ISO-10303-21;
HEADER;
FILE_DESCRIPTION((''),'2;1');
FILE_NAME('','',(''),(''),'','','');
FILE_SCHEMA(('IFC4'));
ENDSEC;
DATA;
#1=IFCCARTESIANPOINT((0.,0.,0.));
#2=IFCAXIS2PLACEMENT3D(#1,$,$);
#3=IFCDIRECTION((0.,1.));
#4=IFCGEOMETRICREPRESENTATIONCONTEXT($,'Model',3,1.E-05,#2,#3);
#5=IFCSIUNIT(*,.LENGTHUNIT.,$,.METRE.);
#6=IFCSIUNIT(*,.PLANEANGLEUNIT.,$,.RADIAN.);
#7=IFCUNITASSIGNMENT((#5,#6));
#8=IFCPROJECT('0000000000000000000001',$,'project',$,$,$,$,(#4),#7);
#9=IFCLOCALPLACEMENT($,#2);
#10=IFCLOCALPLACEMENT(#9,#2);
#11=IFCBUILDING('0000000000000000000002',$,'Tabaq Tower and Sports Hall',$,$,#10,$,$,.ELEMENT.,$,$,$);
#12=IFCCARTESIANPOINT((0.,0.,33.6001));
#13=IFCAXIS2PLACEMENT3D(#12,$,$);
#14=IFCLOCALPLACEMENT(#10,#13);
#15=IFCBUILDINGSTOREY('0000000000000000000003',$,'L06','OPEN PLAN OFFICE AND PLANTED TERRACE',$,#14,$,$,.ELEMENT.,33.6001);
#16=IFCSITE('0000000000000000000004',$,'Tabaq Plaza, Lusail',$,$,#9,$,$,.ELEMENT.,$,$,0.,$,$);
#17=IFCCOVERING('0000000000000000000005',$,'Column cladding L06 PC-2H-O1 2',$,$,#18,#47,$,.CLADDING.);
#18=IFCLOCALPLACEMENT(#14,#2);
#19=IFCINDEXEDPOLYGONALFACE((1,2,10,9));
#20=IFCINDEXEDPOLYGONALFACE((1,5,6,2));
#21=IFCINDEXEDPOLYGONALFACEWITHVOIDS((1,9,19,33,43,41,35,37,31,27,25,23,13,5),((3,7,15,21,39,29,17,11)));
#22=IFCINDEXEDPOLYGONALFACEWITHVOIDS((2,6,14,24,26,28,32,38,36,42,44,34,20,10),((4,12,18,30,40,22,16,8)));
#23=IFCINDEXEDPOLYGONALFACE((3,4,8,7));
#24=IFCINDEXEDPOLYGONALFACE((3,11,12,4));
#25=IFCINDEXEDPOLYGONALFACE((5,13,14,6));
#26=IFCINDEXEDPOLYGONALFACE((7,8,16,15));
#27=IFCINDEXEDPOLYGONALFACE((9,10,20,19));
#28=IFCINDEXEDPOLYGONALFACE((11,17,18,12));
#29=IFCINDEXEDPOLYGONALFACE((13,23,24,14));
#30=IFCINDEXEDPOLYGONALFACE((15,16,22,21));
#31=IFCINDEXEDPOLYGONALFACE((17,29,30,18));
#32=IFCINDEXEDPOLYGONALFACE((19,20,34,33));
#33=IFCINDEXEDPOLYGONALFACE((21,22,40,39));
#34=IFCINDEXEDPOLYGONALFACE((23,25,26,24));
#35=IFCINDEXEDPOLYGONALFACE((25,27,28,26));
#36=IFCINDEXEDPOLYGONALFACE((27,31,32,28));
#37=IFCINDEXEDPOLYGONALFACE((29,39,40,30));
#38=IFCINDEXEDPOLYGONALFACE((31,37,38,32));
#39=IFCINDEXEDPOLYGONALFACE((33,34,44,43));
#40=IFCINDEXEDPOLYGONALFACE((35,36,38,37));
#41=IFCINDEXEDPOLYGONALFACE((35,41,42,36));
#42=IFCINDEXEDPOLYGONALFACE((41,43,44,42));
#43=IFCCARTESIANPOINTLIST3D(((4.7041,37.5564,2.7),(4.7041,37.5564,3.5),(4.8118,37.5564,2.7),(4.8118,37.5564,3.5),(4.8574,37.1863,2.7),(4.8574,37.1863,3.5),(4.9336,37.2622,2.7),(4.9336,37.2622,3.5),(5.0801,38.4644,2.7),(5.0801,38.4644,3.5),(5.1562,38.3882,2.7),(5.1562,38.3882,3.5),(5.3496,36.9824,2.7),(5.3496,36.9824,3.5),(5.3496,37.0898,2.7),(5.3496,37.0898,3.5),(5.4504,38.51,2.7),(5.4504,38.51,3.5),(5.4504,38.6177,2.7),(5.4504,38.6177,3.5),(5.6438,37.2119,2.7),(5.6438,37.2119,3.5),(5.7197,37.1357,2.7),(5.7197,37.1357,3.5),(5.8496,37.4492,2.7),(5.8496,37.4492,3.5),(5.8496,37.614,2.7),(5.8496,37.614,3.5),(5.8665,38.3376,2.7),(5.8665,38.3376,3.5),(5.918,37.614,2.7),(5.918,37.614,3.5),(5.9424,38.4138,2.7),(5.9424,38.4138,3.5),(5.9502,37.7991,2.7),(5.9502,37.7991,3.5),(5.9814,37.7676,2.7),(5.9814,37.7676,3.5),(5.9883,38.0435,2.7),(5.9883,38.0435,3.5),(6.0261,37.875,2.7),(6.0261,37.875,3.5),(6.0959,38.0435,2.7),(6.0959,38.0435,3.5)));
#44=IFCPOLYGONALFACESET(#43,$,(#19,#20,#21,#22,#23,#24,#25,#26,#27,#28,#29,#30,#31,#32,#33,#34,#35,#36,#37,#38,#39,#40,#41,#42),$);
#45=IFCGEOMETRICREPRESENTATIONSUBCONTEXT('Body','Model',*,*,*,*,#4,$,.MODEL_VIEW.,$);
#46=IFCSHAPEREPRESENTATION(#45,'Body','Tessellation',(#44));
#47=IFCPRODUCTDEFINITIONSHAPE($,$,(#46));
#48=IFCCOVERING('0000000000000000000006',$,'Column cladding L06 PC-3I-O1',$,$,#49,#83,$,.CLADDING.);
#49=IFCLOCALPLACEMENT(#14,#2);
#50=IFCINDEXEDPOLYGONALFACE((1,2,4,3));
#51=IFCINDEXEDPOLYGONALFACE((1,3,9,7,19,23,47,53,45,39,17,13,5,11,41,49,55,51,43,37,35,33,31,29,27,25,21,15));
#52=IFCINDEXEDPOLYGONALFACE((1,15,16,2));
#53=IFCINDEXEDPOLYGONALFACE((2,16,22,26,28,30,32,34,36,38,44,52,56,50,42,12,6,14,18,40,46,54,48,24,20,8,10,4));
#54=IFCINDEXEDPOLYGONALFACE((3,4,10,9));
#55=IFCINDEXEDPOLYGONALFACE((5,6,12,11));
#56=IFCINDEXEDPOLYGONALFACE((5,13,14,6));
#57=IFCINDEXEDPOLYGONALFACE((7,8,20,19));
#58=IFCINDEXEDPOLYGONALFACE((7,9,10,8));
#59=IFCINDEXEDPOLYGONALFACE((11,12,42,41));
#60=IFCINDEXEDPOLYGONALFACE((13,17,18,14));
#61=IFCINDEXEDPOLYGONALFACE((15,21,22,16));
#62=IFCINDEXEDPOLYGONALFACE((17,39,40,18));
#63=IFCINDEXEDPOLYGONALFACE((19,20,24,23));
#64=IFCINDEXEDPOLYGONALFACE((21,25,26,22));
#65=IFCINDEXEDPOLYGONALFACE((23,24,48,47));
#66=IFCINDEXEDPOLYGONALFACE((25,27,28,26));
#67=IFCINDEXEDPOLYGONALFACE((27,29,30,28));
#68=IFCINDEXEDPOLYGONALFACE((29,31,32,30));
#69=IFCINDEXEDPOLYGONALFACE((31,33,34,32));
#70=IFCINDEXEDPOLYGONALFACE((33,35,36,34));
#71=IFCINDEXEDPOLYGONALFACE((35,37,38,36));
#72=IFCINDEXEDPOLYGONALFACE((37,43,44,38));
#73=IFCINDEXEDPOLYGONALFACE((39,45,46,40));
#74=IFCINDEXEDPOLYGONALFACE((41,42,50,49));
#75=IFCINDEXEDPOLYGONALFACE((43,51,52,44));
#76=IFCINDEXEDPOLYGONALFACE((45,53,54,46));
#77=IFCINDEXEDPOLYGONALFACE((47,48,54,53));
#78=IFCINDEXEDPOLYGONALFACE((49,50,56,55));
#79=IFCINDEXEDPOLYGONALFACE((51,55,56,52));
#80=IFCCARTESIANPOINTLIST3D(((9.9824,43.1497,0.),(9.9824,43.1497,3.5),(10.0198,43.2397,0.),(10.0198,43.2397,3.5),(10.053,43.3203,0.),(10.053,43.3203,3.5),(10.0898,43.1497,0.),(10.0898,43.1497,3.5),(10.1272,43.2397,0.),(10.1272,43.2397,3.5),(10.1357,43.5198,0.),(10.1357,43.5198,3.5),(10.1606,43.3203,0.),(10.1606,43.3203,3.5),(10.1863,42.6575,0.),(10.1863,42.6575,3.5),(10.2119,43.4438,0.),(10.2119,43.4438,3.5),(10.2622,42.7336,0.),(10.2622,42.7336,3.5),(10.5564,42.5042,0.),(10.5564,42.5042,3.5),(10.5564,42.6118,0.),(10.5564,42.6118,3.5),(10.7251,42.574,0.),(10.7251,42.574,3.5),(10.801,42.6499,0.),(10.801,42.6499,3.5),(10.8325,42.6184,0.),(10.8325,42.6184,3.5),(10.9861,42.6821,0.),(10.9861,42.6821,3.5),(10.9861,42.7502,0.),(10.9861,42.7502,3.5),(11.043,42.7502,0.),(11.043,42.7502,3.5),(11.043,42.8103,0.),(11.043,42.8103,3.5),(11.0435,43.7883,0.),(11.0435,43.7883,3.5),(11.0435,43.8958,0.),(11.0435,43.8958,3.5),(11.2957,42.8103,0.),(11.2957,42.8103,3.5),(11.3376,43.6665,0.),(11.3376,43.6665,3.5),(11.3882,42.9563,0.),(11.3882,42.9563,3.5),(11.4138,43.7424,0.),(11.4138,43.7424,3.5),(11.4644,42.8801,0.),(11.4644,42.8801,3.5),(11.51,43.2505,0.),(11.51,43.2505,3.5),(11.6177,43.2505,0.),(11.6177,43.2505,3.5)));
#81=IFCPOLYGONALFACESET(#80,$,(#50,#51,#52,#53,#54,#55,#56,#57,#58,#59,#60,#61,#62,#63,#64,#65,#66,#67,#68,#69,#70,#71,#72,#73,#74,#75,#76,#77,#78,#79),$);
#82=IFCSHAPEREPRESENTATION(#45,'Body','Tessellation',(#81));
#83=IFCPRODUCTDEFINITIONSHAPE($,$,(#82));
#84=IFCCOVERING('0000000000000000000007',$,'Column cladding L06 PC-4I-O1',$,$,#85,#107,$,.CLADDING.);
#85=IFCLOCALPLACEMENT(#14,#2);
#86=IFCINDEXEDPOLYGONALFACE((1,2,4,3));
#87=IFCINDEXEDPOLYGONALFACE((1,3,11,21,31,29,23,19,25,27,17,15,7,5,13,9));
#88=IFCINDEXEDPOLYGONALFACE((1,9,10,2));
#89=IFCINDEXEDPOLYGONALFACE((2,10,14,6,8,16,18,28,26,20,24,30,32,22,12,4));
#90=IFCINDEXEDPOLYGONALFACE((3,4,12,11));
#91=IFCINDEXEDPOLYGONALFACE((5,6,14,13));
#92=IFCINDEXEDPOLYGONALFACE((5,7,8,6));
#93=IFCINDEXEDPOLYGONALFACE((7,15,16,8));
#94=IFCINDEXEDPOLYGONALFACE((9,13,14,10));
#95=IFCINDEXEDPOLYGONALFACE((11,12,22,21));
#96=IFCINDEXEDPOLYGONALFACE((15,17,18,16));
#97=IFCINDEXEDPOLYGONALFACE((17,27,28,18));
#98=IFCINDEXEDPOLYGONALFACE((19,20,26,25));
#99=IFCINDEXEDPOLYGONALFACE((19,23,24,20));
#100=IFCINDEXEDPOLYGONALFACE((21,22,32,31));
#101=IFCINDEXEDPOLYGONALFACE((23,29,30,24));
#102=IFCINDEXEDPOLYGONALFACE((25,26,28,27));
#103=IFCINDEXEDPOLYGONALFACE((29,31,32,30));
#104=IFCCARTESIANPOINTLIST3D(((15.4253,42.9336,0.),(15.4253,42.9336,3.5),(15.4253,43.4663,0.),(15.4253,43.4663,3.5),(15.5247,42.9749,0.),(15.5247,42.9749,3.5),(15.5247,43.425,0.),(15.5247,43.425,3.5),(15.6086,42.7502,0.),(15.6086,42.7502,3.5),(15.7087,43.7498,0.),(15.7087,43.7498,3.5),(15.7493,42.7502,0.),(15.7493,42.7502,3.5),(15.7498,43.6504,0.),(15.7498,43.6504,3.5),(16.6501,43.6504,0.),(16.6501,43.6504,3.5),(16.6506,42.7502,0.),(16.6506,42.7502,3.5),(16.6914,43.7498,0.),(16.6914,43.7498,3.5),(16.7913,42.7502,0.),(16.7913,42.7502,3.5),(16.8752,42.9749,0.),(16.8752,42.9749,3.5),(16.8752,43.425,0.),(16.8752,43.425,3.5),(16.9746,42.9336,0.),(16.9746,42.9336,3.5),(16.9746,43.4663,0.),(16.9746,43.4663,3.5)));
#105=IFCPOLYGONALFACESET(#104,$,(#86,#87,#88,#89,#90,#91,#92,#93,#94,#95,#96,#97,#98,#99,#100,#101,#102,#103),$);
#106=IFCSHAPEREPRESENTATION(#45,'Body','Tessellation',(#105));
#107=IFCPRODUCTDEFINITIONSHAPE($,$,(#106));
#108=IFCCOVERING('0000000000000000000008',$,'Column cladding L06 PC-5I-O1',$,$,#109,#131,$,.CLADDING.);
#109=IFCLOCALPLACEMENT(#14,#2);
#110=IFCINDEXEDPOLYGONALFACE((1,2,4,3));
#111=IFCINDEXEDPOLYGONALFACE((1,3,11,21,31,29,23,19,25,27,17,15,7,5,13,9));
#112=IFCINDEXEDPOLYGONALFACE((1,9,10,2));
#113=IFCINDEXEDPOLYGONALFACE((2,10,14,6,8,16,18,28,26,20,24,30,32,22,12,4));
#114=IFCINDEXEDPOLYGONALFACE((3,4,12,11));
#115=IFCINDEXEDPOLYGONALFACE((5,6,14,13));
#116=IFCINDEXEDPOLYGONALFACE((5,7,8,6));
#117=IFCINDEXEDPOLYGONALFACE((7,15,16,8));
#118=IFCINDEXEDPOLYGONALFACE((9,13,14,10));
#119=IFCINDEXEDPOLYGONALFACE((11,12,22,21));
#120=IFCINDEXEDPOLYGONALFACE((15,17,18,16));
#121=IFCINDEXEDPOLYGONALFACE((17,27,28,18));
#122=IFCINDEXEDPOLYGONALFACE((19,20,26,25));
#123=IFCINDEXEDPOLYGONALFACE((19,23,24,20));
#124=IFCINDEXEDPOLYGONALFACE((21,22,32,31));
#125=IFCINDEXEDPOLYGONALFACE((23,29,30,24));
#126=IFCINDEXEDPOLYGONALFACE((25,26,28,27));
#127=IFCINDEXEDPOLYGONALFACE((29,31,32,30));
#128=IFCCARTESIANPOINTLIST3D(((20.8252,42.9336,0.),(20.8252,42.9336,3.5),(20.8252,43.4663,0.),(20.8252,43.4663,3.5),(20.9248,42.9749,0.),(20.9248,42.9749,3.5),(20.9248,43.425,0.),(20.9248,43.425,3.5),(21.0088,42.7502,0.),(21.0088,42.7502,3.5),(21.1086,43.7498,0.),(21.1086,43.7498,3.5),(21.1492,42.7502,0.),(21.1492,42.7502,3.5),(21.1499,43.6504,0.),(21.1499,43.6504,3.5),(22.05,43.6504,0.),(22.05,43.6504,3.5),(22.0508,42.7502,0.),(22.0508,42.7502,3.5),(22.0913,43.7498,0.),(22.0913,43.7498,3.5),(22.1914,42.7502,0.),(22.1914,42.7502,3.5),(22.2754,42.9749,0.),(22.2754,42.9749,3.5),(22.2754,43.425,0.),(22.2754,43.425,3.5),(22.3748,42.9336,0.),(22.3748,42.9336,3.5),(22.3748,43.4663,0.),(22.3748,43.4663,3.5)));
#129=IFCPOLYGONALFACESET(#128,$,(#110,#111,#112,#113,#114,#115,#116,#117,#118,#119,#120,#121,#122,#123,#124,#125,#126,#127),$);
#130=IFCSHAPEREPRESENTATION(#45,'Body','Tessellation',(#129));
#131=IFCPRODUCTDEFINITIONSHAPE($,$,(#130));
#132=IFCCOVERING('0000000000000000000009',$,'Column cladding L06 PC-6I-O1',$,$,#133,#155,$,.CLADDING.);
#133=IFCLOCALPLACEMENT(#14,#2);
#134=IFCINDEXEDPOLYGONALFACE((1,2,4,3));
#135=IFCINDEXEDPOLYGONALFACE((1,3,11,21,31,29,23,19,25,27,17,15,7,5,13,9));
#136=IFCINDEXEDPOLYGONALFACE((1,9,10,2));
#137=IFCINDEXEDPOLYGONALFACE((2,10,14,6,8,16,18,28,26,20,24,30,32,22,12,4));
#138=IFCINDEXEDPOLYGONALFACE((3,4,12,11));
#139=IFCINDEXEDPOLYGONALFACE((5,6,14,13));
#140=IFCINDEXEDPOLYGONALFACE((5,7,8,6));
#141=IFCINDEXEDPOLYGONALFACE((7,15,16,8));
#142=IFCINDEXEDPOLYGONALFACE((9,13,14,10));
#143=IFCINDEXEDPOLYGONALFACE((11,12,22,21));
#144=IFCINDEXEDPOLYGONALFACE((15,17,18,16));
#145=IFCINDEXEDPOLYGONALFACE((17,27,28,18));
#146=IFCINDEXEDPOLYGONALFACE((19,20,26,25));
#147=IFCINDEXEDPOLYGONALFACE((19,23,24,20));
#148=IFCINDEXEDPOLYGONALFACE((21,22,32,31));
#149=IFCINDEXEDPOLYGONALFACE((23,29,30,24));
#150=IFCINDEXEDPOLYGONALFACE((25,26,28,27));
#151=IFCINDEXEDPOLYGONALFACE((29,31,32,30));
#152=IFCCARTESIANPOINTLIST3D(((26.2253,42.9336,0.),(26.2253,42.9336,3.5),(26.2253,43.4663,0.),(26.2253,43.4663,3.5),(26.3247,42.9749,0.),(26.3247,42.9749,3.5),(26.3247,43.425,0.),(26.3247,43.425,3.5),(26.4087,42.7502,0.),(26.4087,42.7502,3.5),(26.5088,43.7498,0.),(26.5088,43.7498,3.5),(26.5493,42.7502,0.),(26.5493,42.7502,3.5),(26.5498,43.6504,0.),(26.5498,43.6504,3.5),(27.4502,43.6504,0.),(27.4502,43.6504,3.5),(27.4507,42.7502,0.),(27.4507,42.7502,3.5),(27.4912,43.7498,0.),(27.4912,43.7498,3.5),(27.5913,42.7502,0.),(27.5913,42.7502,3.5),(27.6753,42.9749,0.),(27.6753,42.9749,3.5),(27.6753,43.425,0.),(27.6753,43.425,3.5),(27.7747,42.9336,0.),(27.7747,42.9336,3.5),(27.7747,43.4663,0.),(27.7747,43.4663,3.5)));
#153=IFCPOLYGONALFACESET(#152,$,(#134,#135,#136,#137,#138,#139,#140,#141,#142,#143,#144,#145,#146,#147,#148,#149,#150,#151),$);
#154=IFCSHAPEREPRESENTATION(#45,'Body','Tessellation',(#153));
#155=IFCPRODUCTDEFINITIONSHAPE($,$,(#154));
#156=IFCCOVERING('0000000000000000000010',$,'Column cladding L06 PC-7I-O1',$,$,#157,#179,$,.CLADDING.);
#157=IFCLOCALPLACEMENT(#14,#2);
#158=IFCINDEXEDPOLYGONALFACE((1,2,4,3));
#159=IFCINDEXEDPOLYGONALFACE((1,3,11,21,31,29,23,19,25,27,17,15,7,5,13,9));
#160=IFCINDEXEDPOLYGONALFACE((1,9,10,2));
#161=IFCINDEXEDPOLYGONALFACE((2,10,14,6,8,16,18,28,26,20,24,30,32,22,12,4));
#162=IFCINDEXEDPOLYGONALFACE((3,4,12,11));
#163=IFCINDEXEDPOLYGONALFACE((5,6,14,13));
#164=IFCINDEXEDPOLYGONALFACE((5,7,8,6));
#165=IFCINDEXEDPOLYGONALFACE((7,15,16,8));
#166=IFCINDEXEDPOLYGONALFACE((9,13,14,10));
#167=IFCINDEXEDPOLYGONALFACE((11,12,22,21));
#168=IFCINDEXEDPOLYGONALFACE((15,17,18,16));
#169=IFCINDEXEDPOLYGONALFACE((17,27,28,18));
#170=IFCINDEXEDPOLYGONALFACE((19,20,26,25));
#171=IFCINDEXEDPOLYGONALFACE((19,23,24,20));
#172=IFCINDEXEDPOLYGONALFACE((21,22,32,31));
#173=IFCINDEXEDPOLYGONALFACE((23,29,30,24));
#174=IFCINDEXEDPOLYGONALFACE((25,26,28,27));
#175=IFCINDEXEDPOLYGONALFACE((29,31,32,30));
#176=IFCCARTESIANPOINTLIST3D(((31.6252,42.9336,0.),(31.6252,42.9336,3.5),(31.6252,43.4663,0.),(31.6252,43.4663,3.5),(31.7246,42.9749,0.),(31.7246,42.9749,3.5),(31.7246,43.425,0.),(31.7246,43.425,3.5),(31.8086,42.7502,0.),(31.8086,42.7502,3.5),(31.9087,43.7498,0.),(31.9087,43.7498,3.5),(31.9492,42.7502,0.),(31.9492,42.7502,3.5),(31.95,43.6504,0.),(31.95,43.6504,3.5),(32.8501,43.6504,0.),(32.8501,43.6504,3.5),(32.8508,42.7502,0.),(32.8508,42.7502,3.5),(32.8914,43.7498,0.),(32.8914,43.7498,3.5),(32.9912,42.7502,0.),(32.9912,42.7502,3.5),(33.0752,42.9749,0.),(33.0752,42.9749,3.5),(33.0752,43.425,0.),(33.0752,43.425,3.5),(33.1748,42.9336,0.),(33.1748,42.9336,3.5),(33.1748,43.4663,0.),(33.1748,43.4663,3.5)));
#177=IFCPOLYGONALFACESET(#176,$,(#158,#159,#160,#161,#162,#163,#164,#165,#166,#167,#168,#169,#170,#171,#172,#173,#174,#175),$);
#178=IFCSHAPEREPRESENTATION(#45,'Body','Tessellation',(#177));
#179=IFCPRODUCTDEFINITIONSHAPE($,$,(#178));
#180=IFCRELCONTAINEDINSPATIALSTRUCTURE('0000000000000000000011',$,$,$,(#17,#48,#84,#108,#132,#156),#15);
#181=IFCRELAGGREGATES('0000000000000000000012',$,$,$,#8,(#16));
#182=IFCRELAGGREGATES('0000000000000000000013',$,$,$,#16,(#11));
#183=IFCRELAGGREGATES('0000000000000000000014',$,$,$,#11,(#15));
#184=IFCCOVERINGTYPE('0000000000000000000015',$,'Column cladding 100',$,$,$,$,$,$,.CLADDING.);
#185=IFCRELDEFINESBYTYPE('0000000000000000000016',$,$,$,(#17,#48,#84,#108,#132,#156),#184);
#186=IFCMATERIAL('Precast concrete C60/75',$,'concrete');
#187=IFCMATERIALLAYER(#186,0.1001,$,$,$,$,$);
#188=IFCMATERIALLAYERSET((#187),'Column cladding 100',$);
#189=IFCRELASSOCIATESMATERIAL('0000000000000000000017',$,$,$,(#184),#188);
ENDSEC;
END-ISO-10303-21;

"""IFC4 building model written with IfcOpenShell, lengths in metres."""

from ifc_helpers import new_model, si_unit, direction, frame, origin, place, context, subcontext, project, spatial, polyline, outline, extrude, material, layer, layer_set, type_object, element, save


model = new_model("IFC4")

# Units and contexts
model_context = context("Model", 3, precision=1e-05, world=origin(), true_north=direction((0.0, 1.0)))
body_context = subcontext(model_context, "Body", "Model", "MODEL_VIEW")
ifc_project = project(units=[si_unit("LENGTHUNIT", "METRE"), si_unit("PLANEANGLEUNIT", "RADIAN")], contexts=[model_context])

# Site, building, storey
site_placement = place(None, origin())
site = spatial("IfcSite", under=ifc_project, at=site_placement, Name="Tabaq Plaza, Lusail", CompositionType="ELEMENT", RefElevation=0.0)
building_placement = place(site_placement, origin())
building = spatial("IfcBuilding", under=site, at=building_placement, Name="Tabaq Tower and Sports Hall", CompositionType="ELEMENT")
storey_placement = place(building_placement, frame((0.0, 0.0, 33.6001)))
storey = spatial("IfcBuildingStorey", under=building, at=storey_placement, Name="L06", Description="OPEN PLAN OFFICE AND PLANTED TERRACE", CompositionType="ELEMENT", Elevation=33.6001)

# Coverings
ifc_material_1 = material(Name="Precast concrete C60/75", Category="concrete")
ifc_layer_1 = layer(ifc_material_1, 0.1001)
ifc_layer_set_1 = layer_set([ifc_layer_1], Name="Column cladding 100")
covering_type_1 = type_object("IfcCoveringType", Name="Column cladding 100", PredefinedType="CLADDING", material=ifc_layer_set_1)
covering_1_placement = place(storey_placement, frame((0.0, 0.0, 2.7)))
element("IfcCovering", 1, at=covering_1_placement, inside=storey, type_object=covering_type_1, Name="Column cladding L06 PC-2H-O1 2", PredefinedType="CLADDING", context=body_context, shape_type="SweptSolid", body=[
    extrude(outline(polyline([(4.8574, 37.1863), (4.7041, 37.5564), (5.0801, 38.4644), (5.4504, 38.6177), (5.9424, 38.4138), (6.0959, 38.0435), (6.0261, 37.875), (5.9502, 37.7991), (5.9814, 37.7676), (5.918, 37.614), (5.8496, 37.614), (5.8496, 37.4492), (5.7197, 37.1357), (5.3496, 36.9824), (4.8574, 37.1863)]), holes=[polyline([(5.8665, 38.3376), (5.4504, 38.51), (5.1562, 38.3882), (4.8118, 37.5564), (4.9336, 37.2622), (5.3496, 37.0898), (5.6438, 37.2119), (5.9883, 38.0435), (5.8665, 38.3376)])]), origin(), (0.0, 0.0, 1.0), 0.8),
])
covering_2_placement = place(storey_placement, origin())
element("IfcCovering", 2, at=covering_2_placement, inside=storey, type_object=covering_type_1, Name="Column cladding L06 PC-3I-O1", PredefinedType="CLADDING", context=body_context, shape_type="SweptSolid", body=[
    extrude(outline(polyline([(9.9824, 43.1497), (10.0198, 43.2397), (10.1272, 43.2397), (10.0898, 43.1497), (10.2622, 42.7336), (10.5564, 42.6118), (11.3882, 42.9563), (11.51, 43.2505), (11.3376, 43.6665), (11.0435, 43.7883), (10.2119, 43.4438), (10.1606, 43.3203), (10.053, 43.3203), (10.1357, 43.5198), (11.0435, 43.8958), (11.4138, 43.7424), (11.6177, 43.2505), (11.4644, 42.8801), (11.2957, 42.8103), (11.043, 42.8103), (11.043, 42.7502), (10.9861, 42.7502), (10.9861, 42.6821), (10.8325, 42.6184), (10.801, 42.6499), (10.7251, 42.574), (10.5564, 42.5042), (10.1863, 42.6575), (9.9824, 43.1497)])), origin(), (0.0, 0.0, 1.0), 3.5),
])
covering_3_placement = place(storey_placement, origin())
element("IfcCovering", 3, at=covering_3_placement, inside=storey, type_object=covering_type_1, Name="Column cladding L06 PC-4I-O1", PredefinedType="CLADDING", context=body_context, shape_type="SweptSolid", body=[
    extrude(outline(polyline([(15.4253, 43.4663), (15.7087, 43.7498), (16.6914, 43.7498), (16.9746, 43.4663), (16.9746, 42.9336), (16.7913, 42.7502), (16.6506, 42.7502), (16.8752, 42.9749), (16.8752, 43.425), (16.6501, 43.6504), (15.7498, 43.6504), (15.5247, 43.425), (15.5247, 42.9749), (15.7493, 42.7502), (15.6086, 42.7502), (15.4253, 42.9336), (15.4253, 43.4663)])), origin(), (0.0, 0.0, 1.0), 3.5),
])
covering_4_placement = place(storey_placement, origin())
element("IfcCovering", 4, at=covering_4_placement, inside=storey, type_object=covering_type_1, Name="Column cladding L06 PC-5I-O1", PredefinedType="CLADDING", context=body_context, shape_type="SweptSolid", body=[
    extrude(outline(polyline([(20.8252, 43.4663), (21.1086, 43.7498), (22.0913, 43.7498), (22.3748, 43.4663), (22.3748, 42.9336), (22.1914, 42.7502), (22.0508, 42.7502), (22.2754, 42.9749), (22.2754, 43.425), (22.05, 43.6504), (21.1499, 43.6504), (20.9248, 43.425), (20.9248, 42.9749), (21.1492, 42.7502), (21.0088, 42.7502), (20.8252, 42.9336), (20.8252, 43.4663)])), origin(), (0.0, 0.0, 1.0), 3.5),
])
covering_5_placement = place(storey_placement, origin())
element("IfcCovering", 5, at=covering_5_placement, inside=storey, type_object=covering_type_1, Name="Column cladding L06 PC-6I-O1", PredefinedType="CLADDING", context=body_context, shape_type="SweptSolid", body=[
    extrude(outline(polyline([(26.2253, 43.4663), (26.5088, 43.7498), (27.4912, 43.7498), (27.7747, 43.4663), (27.7747, 42.9336), (27.5913, 42.7502), (27.4507, 42.7502), (27.6753, 42.9749), (27.6753, 43.425), (27.4502, 43.6504), (26.5498, 43.6504), (26.3247, 43.425), (26.3247, 42.9749), (26.5493, 42.7502), (26.4087, 42.7502), (26.2253, 42.9336), (26.2253, 43.4663)])), origin(), (0.0, 0.0, 1.0), 3.5),
])
covering_6_placement = place(storey_placement, origin())
element("IfcCovering", 6, at=covering_6_placement, inside=storey, type_object=covering_type_1, Name="Column cladding L06 PC-7I-O1", PredefinedType="CLADDING", context=body_context, shape_type="SweptSolid", body=[
    extrude(outline(polyline([(31.6252, 43.4663), (31.9087, 43.7498), (32.8914, 43.7498), (33.1748, 43.4663), (33.1748, 42.9336), (32.9912, 42.7502), (32.8508, 42.7502), (33.0752, 42.9749), (33.0752, 43.425), (32.8501, 43.6504), (31.95, 43.6504), (31.7246, 43.425), (31.7246, 42.9749), (31.9492, 42.7502), (31.8086, 42.7502), (31.6252, 42.9336), (31.6252, 43.4663)])), origin(), (0.0, 0.0, 1.0), 3.5),
])

save(model, "model.ifc")
